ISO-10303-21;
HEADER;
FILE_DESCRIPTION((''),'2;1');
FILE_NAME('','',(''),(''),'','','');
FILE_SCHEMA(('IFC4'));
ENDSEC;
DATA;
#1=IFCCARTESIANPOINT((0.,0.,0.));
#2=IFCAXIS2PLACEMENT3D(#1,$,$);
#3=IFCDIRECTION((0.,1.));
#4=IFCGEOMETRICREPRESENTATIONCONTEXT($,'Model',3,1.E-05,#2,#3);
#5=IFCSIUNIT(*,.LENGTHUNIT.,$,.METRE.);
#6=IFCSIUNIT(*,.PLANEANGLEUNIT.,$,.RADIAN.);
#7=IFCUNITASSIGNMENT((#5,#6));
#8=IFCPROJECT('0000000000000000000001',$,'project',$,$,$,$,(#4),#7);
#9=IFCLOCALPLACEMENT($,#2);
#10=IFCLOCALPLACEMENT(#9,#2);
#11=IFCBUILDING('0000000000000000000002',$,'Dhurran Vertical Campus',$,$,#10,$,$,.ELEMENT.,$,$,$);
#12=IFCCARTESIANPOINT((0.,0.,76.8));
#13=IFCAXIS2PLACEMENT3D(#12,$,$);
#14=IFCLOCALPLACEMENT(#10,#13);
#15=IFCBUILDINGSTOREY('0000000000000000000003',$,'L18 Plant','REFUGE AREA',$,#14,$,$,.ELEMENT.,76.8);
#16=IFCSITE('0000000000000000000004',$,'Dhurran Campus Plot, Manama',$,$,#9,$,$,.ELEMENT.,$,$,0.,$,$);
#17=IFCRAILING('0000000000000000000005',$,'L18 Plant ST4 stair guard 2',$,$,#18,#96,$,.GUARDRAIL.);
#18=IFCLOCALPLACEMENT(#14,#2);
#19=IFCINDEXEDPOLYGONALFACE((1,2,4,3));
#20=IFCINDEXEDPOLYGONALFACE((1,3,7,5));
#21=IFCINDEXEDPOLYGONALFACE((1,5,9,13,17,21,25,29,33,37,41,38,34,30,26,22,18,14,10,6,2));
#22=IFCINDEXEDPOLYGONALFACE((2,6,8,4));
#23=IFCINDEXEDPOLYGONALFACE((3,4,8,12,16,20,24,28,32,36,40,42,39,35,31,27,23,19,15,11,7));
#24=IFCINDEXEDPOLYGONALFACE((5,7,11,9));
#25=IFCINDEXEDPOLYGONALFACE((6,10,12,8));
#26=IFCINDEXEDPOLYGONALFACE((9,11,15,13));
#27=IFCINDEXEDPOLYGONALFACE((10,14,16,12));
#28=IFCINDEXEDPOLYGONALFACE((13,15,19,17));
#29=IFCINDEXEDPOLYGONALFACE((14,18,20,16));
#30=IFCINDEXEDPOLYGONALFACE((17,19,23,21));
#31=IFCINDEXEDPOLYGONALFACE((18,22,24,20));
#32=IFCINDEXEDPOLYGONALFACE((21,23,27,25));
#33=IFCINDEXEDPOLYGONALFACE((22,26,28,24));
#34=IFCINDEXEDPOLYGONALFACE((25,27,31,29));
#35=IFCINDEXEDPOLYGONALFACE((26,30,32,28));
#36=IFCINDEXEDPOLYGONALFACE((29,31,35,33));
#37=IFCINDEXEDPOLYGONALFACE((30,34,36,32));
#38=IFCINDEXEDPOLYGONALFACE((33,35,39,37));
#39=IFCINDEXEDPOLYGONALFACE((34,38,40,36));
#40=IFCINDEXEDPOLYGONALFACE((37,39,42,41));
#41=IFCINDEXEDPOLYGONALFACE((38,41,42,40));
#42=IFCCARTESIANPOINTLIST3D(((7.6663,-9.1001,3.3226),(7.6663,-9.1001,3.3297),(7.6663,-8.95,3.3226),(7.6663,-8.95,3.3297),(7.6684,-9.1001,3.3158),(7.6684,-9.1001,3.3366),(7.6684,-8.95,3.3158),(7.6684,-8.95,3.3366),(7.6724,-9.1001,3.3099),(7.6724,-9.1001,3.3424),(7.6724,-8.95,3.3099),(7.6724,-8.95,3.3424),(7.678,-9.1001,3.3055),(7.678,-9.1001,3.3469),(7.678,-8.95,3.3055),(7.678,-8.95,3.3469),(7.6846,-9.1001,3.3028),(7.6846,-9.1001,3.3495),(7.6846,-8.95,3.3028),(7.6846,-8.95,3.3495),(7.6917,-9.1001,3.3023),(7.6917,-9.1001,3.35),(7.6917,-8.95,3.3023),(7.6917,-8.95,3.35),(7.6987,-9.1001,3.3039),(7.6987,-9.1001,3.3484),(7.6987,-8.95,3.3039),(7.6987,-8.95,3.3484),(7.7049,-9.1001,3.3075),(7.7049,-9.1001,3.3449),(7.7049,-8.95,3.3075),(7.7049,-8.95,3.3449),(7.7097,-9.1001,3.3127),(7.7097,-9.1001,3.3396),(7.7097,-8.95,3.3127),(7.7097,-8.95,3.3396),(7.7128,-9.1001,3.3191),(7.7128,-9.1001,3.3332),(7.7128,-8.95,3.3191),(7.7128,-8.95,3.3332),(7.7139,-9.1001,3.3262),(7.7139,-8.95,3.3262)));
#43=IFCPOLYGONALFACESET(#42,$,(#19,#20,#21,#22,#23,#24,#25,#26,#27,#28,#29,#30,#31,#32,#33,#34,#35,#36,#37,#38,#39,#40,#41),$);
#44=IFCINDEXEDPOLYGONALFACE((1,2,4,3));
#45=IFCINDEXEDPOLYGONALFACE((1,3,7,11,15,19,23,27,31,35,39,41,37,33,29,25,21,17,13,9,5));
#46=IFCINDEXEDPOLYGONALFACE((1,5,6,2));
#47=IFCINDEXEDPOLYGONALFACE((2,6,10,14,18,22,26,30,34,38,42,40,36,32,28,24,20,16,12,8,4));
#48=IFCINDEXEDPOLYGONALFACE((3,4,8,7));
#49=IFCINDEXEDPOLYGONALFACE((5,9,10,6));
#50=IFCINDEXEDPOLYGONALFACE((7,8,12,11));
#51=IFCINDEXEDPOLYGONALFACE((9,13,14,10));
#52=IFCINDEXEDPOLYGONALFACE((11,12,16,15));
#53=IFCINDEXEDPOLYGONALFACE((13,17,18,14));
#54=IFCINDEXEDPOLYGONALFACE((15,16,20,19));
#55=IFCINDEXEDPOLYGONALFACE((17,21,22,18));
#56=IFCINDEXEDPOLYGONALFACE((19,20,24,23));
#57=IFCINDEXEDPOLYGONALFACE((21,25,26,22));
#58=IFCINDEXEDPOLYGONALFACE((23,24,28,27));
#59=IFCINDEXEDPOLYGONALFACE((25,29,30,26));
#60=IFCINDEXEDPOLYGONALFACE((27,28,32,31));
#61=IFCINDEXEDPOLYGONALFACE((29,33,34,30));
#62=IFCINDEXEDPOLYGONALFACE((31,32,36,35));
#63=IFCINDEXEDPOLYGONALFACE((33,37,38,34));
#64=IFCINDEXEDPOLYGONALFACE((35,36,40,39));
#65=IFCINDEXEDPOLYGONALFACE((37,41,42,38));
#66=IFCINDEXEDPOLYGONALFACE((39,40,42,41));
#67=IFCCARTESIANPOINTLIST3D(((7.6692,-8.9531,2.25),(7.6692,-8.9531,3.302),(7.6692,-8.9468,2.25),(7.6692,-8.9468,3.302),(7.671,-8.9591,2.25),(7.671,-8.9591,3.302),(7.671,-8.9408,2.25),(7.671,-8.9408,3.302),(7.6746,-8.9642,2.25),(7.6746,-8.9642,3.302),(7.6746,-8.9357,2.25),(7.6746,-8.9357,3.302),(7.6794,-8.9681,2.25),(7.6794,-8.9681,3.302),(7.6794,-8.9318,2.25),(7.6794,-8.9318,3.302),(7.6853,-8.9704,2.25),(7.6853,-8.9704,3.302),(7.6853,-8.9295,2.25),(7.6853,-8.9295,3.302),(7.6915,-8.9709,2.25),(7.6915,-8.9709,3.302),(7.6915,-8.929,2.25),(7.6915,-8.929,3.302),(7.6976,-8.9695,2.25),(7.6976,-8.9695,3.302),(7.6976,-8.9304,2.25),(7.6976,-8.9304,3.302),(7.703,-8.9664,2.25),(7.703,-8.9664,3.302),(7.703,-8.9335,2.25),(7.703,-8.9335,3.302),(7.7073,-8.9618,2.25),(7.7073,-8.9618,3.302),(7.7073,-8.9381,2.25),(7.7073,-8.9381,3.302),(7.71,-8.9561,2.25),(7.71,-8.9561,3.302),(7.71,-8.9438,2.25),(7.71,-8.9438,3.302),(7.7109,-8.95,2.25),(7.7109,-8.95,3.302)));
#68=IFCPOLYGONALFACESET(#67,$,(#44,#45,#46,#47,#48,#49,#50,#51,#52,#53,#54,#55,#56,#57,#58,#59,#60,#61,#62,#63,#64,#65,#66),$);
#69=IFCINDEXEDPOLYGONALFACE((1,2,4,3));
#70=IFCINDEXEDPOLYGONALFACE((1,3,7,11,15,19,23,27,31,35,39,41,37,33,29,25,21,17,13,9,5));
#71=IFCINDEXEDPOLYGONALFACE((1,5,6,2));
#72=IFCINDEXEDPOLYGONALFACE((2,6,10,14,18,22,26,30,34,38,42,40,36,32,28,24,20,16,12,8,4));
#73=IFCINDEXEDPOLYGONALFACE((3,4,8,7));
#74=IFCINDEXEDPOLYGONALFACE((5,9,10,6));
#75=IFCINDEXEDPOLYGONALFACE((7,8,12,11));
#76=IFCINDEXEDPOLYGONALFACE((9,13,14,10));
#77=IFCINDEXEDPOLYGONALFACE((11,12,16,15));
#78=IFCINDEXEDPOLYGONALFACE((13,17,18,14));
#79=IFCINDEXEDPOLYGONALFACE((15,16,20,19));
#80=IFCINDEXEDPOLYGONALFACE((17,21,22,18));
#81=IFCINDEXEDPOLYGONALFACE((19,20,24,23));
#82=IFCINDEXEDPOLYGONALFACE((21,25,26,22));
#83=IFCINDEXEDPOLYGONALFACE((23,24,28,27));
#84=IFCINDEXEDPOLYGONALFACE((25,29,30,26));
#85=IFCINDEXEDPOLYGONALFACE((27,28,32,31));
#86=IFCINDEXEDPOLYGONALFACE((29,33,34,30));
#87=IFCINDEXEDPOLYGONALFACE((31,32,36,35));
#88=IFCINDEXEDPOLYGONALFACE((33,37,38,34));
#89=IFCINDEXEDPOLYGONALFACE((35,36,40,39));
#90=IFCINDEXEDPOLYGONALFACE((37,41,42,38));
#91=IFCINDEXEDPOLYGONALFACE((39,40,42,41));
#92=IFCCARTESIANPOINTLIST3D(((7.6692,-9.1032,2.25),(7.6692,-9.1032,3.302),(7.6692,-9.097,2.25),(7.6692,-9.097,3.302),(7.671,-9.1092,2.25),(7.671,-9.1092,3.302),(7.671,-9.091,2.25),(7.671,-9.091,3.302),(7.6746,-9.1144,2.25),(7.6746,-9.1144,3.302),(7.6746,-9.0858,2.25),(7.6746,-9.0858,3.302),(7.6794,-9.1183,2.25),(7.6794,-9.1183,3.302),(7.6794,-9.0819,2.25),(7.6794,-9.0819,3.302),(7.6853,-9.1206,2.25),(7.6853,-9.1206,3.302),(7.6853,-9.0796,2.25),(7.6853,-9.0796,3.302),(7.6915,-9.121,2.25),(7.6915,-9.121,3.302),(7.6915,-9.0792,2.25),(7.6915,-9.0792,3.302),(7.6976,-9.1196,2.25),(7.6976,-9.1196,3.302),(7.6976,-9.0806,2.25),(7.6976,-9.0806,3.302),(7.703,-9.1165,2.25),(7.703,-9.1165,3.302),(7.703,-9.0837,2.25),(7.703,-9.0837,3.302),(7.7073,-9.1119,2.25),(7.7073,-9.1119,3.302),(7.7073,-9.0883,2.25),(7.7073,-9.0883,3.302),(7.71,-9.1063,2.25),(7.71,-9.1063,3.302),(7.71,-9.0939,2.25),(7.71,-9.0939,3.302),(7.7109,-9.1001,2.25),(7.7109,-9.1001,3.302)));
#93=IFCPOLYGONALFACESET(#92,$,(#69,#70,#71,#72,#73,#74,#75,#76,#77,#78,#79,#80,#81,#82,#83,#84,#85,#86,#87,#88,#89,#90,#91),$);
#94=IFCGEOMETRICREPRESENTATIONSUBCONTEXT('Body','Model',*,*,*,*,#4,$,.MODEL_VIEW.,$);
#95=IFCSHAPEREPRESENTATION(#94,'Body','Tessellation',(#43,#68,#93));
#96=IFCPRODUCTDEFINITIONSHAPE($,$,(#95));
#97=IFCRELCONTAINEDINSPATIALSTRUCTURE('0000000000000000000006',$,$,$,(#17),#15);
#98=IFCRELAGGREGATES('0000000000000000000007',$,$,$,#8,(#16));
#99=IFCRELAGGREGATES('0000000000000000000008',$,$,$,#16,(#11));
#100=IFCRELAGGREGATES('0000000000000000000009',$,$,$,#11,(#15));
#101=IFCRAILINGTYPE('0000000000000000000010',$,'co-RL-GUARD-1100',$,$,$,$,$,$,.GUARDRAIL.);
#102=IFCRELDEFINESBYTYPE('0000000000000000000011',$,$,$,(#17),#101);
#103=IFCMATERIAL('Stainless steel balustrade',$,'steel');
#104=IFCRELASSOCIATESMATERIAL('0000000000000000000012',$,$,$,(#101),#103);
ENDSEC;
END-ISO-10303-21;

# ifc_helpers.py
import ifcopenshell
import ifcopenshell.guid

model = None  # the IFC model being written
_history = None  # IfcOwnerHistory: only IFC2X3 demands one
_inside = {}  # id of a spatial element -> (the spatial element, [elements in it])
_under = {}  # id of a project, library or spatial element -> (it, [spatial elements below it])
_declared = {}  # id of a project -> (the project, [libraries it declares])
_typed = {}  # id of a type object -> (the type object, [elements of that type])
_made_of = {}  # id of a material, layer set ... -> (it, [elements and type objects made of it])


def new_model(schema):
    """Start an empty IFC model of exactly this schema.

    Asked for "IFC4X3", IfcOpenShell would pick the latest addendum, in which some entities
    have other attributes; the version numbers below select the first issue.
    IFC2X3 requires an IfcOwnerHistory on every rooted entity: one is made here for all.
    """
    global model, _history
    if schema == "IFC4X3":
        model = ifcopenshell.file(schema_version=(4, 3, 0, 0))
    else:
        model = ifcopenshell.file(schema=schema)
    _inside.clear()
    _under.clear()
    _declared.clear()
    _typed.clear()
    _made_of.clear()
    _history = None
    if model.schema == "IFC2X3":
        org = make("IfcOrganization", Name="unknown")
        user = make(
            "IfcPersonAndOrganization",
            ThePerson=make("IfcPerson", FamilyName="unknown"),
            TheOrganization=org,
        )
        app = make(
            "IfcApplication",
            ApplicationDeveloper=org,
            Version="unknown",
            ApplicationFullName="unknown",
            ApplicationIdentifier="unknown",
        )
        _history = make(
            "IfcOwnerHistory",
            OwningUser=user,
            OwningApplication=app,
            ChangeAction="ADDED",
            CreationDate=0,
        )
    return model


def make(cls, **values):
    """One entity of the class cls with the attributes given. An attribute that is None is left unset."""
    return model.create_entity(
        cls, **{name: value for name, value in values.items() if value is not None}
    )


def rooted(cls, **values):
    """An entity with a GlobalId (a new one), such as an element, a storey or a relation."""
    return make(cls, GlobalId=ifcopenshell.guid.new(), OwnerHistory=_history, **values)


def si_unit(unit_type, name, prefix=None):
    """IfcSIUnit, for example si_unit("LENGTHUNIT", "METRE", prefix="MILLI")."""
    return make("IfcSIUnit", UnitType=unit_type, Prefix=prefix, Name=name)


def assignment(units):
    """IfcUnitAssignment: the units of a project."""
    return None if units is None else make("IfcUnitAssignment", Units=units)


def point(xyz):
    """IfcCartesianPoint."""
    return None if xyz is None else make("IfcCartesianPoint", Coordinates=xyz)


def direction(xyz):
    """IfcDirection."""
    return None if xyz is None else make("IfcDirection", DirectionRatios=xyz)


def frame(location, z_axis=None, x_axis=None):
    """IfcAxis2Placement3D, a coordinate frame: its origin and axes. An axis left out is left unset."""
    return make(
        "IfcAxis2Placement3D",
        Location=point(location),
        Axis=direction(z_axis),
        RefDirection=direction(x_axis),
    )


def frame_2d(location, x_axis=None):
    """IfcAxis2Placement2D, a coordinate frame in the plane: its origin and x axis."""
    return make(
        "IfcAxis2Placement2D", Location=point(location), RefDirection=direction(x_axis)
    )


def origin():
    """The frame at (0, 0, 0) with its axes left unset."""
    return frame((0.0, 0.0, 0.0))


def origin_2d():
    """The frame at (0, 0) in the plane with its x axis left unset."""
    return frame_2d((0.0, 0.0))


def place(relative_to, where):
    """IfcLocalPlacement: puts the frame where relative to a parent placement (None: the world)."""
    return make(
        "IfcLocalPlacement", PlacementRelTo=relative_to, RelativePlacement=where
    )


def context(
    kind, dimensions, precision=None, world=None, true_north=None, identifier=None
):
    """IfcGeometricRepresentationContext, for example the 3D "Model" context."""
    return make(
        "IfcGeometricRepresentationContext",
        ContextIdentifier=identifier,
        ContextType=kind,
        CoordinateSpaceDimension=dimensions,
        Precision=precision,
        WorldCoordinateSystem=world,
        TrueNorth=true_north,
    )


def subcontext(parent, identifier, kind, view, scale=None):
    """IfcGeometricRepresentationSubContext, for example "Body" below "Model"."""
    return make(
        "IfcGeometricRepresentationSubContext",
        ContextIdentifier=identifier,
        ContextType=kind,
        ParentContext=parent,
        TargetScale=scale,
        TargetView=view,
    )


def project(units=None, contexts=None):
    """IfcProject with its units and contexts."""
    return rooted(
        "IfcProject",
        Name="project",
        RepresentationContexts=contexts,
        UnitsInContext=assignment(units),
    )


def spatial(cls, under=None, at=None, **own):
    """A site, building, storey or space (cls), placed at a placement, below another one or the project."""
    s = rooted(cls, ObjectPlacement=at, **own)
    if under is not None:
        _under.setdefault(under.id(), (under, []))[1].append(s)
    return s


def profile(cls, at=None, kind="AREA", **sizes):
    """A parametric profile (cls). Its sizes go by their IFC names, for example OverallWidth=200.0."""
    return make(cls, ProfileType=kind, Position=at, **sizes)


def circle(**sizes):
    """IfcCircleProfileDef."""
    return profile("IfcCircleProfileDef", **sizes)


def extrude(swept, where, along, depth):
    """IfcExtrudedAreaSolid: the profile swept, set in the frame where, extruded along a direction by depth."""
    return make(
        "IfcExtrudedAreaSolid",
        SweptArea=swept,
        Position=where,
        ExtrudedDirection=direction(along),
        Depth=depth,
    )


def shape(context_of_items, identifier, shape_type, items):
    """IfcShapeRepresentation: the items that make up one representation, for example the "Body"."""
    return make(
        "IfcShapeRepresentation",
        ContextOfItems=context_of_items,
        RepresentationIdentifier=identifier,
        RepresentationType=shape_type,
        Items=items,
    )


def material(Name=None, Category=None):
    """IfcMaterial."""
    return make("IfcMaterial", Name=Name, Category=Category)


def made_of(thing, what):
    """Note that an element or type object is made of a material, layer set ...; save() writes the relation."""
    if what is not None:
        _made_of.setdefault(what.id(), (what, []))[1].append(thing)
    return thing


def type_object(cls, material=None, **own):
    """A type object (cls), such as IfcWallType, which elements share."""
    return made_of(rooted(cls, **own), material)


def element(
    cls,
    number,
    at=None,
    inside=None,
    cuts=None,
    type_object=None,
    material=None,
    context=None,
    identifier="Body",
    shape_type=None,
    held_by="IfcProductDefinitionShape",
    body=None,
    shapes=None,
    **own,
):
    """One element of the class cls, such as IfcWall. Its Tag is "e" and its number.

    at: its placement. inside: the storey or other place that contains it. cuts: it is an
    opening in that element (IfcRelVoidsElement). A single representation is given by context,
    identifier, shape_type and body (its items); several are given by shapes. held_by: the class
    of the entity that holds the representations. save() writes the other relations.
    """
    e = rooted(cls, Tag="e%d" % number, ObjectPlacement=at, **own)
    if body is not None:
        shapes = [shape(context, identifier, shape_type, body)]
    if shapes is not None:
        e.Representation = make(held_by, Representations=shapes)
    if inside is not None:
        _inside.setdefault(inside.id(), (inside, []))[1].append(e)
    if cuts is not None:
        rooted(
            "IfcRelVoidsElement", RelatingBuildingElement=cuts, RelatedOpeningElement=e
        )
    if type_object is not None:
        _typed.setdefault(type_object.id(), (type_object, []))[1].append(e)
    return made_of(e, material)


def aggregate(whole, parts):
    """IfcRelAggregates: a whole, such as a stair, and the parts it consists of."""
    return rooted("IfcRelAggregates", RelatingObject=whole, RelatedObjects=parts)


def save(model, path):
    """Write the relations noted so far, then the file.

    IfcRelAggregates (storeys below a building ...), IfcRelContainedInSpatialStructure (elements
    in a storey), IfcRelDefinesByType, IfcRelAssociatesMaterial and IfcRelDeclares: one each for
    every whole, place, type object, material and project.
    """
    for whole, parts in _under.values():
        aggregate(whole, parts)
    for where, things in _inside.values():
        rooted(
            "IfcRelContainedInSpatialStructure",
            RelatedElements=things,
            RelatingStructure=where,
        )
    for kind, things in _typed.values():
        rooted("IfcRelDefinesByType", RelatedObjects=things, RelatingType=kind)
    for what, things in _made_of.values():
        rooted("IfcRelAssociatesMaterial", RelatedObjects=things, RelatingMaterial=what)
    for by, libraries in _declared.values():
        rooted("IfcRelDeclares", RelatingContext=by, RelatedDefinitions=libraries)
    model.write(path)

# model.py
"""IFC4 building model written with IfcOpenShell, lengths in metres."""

from ifc_helpers import new_model, si_unit, direction, frame, origin, origin_2d, place, context, subcontext, project, spatial, circle, extrude, material, type_object, element, save


model = new_model("IFC4")

# Units and contexts
model_context = context("Model", 3, precision=1e-05, world=origin(), true_north=direction((0.0, 1.0)))
body_context = subcontext(model_context, "Body", "Model", "MODEL_VIEW")
ifc_project = project(units=[si_unit("LENGTHUNIT", "METRE"), si_unit("PLANEANGLEUNIT", "RADIAN")], contexts=[model_context])

# Site, building, storey
site_placement = place(None, origin())
site = spatial("IfcSite", under=ifc_project, at=site_placement, Name="Dhurran Campus Plot, Manama", CompositionType="ELEMENT", RefElevation=0.0)
building_placement = place(site_placement, origin())
building = spatial("IfcBuilding", under=site, at=building_placement, Name="Dhurran Vertical Campus", CompositionType="ELEMENT")
storey_placement = place(building_placement, frame((0.0, 0.0, 76.8)))
storey = spatial("IfcBuildingStorey", under=building, at=storey_placement, Name="L18 Plant", Description="REFUGE AREA", CompositionType="ELEMENT", Elevation=76.8)

# Railing
ifc_material_1 = material(Name="Stainless steel balustrade", Category="steel")
railing_type_1 = type_object("IfcRailingType", Name="co-RL-GUARD-1100", PredefinedType="GUARDRAIL", material=ifc_material_1)
railing_1_placement = place(storey_placement, frame((7.6899, -8.95, 2.25)))
element("IfcRailing", 1, at=railing_1_placement, inside=storey, type_object=railing_type_1, Name="L18 Plant ST4 stair guard 2", PredefinedType="GUARDRAIL", context=body_context, shape_type="SweptSolid", body=[
    extrude(circle(Radius=0.0239, at=origin_2d()), frame((0.0, 0.0, 1.0762), z_axis=(0.0, -1.0, 0.0), x_axis=(1.0, 0.0, 0.0)), (0.0, 0.0, 1.0), 0.1501),
    extrude(circle(Radius=0.021, at=origin_2d()), origin(), (0.0, 0.0, 1.0), 1.052),
    extrude(circle(Radius=0.021, at=origin_2d()), frame((0.0, -0.1501, 0.0)), (0.0, 0.0, 1.0), 1.052),
])

save(model, "model.ifc")
